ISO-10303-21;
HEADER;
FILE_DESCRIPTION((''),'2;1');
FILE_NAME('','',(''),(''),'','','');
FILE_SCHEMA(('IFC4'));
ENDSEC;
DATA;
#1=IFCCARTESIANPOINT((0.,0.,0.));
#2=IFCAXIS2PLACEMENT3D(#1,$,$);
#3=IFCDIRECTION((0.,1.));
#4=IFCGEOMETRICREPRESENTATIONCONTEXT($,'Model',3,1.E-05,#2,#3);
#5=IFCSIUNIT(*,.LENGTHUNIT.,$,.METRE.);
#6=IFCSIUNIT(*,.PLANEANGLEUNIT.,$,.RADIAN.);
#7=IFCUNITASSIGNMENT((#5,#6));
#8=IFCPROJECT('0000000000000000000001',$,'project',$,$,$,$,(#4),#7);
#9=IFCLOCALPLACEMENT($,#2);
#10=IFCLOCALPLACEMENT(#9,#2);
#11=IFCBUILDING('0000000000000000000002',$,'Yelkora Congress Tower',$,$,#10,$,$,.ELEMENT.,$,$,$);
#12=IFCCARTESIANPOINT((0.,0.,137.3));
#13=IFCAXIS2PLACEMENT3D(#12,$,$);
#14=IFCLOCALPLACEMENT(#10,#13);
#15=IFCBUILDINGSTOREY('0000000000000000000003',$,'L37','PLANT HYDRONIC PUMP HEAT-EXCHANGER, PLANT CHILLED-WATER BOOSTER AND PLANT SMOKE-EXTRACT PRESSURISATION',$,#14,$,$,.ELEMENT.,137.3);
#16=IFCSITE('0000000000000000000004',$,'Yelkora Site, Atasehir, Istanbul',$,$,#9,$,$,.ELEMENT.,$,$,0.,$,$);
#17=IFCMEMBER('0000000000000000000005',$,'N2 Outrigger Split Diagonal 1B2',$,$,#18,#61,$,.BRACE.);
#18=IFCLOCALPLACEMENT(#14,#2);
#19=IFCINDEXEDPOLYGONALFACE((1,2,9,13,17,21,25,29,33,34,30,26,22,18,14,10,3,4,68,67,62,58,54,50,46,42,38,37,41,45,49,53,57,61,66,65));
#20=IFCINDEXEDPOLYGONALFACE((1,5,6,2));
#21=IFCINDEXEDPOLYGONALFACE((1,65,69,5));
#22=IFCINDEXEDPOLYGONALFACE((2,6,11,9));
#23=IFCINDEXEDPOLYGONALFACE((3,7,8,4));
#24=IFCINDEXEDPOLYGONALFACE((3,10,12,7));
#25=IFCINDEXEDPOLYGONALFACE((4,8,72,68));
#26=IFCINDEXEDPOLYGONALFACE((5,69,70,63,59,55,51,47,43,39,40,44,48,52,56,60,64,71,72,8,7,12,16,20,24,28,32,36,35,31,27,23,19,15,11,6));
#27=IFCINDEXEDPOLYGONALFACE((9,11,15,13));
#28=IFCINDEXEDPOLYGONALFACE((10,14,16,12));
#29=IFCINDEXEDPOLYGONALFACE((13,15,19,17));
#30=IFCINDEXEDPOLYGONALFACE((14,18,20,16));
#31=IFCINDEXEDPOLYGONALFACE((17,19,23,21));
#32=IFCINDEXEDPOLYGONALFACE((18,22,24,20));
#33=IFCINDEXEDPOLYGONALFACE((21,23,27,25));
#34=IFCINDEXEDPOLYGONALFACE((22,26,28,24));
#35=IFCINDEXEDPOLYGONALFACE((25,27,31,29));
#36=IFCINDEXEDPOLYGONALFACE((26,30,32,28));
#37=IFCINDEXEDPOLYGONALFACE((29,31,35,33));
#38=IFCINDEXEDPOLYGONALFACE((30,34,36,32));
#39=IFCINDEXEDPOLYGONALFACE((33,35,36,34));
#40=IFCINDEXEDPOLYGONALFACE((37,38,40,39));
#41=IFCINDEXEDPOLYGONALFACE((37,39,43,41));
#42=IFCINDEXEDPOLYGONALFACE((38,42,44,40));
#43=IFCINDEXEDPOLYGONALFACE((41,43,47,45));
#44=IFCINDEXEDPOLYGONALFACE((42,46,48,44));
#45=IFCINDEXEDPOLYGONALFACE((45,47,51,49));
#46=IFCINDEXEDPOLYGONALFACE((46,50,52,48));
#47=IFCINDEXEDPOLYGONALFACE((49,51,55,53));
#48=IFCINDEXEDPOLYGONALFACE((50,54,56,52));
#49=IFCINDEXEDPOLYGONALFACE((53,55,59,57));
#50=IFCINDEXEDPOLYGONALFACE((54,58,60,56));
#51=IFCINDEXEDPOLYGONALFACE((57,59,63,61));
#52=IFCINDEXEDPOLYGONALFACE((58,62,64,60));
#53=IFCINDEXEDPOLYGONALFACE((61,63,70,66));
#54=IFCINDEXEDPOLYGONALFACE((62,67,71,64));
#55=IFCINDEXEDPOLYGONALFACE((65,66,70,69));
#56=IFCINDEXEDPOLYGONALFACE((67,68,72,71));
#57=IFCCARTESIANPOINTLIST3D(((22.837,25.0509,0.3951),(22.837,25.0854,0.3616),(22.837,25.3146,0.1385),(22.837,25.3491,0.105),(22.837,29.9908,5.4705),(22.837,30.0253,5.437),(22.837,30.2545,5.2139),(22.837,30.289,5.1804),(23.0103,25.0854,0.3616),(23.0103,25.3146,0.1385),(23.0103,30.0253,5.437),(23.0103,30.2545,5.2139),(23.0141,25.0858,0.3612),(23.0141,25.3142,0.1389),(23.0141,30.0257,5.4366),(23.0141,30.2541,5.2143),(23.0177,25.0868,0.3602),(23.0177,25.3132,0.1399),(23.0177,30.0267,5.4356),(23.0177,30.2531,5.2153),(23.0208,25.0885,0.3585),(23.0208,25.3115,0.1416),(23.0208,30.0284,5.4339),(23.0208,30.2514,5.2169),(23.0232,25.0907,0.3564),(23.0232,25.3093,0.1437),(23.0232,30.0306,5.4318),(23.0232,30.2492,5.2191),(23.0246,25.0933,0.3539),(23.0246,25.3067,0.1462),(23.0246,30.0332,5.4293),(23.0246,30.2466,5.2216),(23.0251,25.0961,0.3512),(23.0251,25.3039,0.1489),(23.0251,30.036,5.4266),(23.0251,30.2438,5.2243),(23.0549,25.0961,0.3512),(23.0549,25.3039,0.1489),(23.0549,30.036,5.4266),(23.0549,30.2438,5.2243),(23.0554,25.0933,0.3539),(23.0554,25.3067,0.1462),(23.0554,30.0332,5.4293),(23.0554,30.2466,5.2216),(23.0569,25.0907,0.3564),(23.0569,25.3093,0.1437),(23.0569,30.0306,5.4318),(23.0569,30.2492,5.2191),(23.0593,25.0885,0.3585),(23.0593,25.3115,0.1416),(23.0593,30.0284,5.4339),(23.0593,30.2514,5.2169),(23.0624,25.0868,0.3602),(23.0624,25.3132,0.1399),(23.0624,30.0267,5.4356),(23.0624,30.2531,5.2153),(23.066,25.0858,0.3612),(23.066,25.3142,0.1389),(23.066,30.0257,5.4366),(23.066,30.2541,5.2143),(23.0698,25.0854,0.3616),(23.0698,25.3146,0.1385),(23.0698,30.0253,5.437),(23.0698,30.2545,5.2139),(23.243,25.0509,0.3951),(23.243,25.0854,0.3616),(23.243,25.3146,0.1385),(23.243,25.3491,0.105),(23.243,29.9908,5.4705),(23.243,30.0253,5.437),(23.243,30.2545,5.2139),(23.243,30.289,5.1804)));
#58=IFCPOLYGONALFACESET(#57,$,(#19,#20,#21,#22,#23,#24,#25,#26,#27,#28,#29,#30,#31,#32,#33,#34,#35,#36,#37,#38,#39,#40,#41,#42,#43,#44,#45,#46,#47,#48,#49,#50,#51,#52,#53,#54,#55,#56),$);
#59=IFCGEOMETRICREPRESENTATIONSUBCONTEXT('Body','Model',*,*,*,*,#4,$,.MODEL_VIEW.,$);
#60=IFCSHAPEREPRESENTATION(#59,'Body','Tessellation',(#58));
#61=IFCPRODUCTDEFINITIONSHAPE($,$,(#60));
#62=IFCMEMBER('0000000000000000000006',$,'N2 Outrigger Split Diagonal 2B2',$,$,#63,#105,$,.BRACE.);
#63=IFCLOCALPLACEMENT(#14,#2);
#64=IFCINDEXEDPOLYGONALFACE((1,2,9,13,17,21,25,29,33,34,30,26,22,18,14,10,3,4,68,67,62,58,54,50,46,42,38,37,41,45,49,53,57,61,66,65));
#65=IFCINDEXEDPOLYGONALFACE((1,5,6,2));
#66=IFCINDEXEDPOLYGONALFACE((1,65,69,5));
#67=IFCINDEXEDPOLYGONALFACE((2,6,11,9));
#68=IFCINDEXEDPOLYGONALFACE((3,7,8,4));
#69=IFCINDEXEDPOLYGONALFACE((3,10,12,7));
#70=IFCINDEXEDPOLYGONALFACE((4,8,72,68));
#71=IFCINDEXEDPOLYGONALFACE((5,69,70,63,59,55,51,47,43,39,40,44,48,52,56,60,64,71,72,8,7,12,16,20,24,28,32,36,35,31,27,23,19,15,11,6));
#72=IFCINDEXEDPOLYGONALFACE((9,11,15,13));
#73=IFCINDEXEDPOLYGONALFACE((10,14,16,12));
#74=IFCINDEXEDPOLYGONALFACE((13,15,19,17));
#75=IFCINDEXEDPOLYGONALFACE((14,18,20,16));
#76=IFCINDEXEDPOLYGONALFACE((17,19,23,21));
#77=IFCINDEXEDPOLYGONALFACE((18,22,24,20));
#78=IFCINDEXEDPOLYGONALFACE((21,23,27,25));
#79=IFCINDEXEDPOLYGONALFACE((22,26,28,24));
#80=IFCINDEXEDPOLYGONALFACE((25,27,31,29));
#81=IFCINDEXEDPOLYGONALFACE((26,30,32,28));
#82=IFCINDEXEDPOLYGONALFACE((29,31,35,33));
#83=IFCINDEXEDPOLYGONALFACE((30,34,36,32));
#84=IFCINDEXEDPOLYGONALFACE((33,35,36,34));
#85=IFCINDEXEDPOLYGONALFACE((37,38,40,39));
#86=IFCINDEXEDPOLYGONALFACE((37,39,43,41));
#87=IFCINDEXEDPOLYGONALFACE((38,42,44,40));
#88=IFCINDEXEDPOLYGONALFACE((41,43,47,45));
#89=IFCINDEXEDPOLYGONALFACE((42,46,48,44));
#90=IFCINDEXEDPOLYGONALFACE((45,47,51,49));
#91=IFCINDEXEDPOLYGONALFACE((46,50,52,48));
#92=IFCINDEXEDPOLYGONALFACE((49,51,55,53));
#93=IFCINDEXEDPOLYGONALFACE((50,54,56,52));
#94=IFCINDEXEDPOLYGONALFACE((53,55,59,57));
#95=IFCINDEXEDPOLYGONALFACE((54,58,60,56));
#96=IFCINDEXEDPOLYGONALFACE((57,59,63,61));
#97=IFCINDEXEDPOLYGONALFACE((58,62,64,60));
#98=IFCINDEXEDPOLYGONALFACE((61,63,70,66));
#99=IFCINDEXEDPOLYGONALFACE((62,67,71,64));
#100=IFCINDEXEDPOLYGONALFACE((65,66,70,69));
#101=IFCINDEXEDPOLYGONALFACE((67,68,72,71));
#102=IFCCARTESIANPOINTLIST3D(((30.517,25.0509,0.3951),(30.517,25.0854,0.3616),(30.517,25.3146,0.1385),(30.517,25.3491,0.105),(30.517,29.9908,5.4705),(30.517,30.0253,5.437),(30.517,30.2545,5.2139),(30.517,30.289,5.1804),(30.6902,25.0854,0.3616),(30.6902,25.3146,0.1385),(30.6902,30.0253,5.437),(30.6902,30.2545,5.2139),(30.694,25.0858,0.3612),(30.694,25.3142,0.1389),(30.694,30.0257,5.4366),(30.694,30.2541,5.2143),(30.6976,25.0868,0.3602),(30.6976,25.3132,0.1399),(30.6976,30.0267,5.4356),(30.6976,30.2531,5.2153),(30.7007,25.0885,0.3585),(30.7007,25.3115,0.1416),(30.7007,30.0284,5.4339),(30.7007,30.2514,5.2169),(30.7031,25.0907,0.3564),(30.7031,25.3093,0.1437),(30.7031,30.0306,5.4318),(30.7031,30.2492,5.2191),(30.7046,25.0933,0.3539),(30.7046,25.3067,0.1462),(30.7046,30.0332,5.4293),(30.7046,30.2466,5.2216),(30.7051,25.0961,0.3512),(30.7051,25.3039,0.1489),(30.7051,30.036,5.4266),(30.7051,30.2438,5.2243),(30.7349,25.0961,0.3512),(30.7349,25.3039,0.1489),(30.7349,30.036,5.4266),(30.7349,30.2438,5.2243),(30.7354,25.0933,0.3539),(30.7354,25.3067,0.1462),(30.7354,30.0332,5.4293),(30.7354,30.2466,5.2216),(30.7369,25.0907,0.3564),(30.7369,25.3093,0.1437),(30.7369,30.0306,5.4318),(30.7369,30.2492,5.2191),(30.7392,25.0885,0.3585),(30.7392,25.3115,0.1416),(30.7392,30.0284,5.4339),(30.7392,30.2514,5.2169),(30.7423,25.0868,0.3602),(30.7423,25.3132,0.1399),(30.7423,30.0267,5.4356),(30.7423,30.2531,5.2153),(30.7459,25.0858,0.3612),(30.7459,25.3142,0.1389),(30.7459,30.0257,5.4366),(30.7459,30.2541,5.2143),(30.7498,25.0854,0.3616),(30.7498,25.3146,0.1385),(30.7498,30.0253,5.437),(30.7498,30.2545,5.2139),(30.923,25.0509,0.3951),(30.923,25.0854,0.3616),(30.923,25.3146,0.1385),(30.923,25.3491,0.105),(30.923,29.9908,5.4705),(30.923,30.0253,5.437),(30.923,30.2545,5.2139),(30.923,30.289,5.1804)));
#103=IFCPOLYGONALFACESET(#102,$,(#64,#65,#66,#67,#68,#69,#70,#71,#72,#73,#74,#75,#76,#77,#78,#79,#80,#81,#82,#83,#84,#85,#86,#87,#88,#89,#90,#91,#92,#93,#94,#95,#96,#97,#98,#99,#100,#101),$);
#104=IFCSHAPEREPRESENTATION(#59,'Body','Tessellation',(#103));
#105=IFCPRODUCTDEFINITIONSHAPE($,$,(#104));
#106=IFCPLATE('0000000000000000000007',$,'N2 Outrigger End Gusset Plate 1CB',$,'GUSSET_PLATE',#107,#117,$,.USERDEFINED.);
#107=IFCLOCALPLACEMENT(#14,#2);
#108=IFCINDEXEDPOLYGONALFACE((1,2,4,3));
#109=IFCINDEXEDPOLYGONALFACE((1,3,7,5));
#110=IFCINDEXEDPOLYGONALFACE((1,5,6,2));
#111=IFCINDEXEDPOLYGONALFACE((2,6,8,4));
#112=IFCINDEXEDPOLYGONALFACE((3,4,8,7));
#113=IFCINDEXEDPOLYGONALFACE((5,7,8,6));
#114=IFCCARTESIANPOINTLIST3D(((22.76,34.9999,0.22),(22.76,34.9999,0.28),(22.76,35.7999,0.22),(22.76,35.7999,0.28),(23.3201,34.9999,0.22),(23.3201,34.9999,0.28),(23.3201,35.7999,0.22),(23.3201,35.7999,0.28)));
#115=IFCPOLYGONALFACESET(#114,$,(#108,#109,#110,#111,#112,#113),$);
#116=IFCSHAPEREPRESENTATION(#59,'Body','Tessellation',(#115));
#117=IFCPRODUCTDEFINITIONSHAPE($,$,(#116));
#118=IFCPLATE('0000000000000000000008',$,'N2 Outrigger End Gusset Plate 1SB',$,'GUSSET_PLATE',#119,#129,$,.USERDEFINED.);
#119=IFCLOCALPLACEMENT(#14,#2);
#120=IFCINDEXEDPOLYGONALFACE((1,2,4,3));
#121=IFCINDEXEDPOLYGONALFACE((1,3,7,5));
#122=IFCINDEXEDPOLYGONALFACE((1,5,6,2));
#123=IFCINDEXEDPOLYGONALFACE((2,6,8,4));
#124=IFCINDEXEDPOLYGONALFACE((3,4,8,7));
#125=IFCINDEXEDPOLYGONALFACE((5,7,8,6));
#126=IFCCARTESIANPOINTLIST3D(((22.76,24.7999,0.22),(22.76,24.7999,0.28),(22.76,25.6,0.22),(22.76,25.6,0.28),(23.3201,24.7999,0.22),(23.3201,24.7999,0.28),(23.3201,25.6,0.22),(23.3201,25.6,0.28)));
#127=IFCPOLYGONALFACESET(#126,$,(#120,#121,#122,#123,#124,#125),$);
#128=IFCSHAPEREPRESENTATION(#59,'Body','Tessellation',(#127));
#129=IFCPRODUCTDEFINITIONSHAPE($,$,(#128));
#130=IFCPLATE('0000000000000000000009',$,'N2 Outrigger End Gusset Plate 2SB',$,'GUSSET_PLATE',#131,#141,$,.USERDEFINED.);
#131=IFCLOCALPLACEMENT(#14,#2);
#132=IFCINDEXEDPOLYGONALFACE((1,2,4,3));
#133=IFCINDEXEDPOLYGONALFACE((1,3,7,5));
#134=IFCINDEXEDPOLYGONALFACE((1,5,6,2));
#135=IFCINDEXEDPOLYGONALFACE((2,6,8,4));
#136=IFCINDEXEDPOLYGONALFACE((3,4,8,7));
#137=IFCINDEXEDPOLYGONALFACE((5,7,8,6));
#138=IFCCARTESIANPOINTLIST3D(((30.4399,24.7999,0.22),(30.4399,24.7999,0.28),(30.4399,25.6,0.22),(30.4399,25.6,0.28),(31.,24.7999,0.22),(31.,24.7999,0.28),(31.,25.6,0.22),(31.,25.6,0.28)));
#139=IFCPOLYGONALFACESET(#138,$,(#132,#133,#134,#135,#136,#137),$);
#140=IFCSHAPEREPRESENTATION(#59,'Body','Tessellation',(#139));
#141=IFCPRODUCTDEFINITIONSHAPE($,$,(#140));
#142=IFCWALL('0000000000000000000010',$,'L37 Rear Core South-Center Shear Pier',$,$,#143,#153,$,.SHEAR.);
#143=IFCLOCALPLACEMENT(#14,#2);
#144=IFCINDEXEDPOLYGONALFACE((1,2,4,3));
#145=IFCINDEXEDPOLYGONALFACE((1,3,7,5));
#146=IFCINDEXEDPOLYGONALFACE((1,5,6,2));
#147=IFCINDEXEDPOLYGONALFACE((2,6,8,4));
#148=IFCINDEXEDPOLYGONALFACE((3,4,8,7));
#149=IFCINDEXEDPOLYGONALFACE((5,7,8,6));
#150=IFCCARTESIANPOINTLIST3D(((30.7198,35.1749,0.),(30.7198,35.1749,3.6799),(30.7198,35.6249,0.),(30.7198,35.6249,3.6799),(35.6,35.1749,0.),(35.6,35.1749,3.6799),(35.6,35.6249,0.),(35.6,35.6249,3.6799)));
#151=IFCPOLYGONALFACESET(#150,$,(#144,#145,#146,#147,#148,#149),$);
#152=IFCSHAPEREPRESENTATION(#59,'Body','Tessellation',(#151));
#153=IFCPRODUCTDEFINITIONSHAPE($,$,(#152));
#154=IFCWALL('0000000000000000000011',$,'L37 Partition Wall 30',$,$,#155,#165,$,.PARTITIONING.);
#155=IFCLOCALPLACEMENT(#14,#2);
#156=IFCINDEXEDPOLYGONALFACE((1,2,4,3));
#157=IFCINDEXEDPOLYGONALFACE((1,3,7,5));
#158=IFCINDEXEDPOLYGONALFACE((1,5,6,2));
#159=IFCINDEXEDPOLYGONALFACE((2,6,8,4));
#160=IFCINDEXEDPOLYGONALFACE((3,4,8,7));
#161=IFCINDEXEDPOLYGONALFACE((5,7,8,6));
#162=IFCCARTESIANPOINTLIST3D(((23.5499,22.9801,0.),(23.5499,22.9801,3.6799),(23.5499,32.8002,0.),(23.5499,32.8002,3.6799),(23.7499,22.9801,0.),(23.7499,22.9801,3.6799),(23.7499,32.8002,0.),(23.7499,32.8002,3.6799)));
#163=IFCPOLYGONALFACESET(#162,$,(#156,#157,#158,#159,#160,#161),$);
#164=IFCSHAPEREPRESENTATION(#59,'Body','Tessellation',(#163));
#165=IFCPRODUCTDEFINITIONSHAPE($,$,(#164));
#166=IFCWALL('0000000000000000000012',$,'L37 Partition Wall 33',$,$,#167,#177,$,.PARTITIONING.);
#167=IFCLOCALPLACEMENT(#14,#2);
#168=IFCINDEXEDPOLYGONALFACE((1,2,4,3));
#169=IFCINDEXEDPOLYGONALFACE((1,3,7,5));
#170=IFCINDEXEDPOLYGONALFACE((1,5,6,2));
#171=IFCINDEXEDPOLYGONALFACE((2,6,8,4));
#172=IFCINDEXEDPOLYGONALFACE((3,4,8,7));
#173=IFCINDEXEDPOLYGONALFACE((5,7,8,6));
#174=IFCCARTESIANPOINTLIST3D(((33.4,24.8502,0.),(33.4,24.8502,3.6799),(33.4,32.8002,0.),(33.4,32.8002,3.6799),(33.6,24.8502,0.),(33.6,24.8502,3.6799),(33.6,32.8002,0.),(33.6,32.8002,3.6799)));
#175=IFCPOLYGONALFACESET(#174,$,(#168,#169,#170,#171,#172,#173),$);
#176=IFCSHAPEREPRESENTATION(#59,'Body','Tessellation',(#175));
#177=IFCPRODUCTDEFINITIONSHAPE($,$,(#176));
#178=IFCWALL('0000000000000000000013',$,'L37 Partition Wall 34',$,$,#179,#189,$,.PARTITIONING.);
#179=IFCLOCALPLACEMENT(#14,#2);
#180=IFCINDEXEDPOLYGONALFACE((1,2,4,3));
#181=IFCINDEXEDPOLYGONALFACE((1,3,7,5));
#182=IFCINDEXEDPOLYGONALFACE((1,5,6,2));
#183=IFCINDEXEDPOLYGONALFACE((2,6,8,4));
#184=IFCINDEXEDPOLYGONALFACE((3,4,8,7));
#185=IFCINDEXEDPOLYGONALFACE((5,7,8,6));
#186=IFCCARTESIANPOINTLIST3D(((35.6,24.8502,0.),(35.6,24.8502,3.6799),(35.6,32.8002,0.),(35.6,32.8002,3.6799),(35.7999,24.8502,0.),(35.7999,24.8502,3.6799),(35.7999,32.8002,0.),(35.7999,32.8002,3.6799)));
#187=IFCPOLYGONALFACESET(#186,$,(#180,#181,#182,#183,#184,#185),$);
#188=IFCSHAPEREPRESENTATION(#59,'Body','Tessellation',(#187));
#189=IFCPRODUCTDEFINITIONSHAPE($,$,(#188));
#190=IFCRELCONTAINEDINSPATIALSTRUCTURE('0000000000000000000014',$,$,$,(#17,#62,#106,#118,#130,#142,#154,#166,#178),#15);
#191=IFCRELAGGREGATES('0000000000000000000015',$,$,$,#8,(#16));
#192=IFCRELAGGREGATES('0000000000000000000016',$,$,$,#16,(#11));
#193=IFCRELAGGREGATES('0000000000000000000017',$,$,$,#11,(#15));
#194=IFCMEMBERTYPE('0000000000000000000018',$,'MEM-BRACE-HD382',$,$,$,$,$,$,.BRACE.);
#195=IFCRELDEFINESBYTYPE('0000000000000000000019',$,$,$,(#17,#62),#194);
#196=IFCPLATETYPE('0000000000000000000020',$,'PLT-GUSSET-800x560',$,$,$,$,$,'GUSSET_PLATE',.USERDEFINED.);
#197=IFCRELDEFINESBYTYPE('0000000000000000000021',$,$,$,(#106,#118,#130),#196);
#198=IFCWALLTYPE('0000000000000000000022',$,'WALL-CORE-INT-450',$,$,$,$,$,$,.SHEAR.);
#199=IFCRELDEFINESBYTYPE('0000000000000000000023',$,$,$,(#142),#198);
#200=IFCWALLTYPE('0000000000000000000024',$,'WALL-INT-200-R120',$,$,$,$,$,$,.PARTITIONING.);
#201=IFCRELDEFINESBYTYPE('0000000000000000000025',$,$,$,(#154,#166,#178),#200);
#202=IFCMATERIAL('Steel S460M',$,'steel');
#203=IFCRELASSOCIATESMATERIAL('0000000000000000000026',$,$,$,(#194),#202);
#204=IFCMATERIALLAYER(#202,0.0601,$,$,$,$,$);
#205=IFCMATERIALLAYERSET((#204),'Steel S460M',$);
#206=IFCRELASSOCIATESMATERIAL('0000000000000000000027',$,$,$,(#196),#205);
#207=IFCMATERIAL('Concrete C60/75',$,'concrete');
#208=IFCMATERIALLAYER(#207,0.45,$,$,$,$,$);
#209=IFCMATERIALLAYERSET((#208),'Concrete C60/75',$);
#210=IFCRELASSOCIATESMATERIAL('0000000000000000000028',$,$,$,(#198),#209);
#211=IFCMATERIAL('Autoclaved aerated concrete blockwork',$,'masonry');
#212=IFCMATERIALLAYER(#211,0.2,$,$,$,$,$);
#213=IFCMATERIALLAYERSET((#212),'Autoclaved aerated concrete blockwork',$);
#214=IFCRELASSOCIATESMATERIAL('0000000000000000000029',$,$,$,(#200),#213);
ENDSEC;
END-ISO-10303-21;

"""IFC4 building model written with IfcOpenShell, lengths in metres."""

from ifc_helpers import new_model, si_unit, direction, frame, frame_2d, origin, origin_2d, place, context, subcontext, project, spatial, rectangle, i_section, extrude, material, layer, layer_set, material_profile, profile_set, type_object, element, save


model = new_model("IFC4")

# Units and contexts
model_context = context("Model", 3, precision=1e-05, world=origin(), true_north=direction((0.0, 1.0)))
body_context = subcontext(model_context, "Body", "Model", "MODEL_VIEW")
ifc_project = project(units=[si_unit("LENGTHUNIT", "METRE"), si_unit("PLANEANGLEUNIT", "RADIAN")], contexts=[model_context])

# Site, building, storey
site_placement = place(None, origin())
site = spatial("IfcSite", under=ifc_project, at=site_placement, Name="Yelkora Site, Atasehir, Istanbul", CompositionType="ELEMENT", RefElevation=0.0)
building_placement = place(site_placement, origin())
building = spatial("IfcBuilding", under=site, at=building_placement, Name="Yelkora Congress Tower", CompositionType="ELEMENT")
storey_placement = place(building_placement, frame((0.0, 0.0, 137.3)))
storey = spatial("IfcBuildingStorey", under=building, at=storey_placement, Name="L37", Description="PLANT HYDRONIC PUMP HEAT-EXCHANGER, PLANT CHILLED-WATER BOOSTER AND PLANT SMOKE-EXTRACT PRESSURISATION", CompositionType="ELEMENT", Elevation=137.3)

# Shared definitions
ifc_material_1 = material(Name="Steel S460M", Category="steel")

# Members
ifc_material_profile_1 = material_profile(ifc_material_1, i_section(OverallWidth=0.406, OverallDepth=0.416, WebThickness=0.0298, FlangeThickness=0.0481, FilletRadius=0.0149, at=origin_2d()), Name="HD 400x382")
ifc_profile_set_1 = profile_set([ifc_material_profile_1], Name="Steel S460M")
member_type_1 = type_object("IfcMemberType", Name="MEM-BRACE-HD382", PredefinedType="BRACE", material=ifc_profile_set_1)
for number, where, z_axis, x_axis, name in (
    (1, (23.04, 30.1399, 5.3254), (0.0, -0.697477, -0.716608), (1.0, 0.0, 0.0), "N2 Outrigger Split Diagonal 1B2"),
    (2, (30.72, 30.1399, 5.3254), (0.0, -0.697477, -0.716608), (1.0, 0.0, 0.0), "N2 Outrigger Split Diagonal 2B2"),
):
    element("IfcMember", number, at=place(storey_placement, frame(where, z_axis=z_axis, x_axis=x_axis)), inside=storey, type_object=member_type_1, Name=name, PredefinedType="BRACE", context=body_context, shape_type="SweptSolid", body=[
        extrude(i_section(OverallWidth=0.406, OverallDepth=0.416, WebThickness=0.0298, FlangeThickness=0.0481, FilletRadius=0.0149, at=origin_2d()), origin(), (0.0, 0.0, 1.0), 7.0825),
    ])

# Plates
ifc_layer_1 = layer(ifc_material_1, 0.0601)
ifc_layer_set_1 = layer_set([ifc_layer_1], Name="Steel S460M")
plate_type = type_object("IfcPlateType", Name="PLT-GUSSET-800x560", ElementType="GUSSET_PLATE", PredefinedType="USERDEFINED", material=ifc_layer_set_1)
for number, where, z_axis, x_axis, name in (
    (3, (23.04, 35.3999, 0.22), (0.0, 0.0, 1.0), (0.0, 1.0, 0.0), "N2 Outrigger End Gusset Plate 1CB"),
    (4, (23.04, 25.2, 0.22), (0.0, 0.0, 1.0), (0.0, 1.0, 0.0), "N2 Outrigger End Gusset Plate 1SB"),
    (5, (30.72, 25.2, 0.22), (0.0, 0.0, 1.0), (0.0, 1.0, 0.0), "N2 Outrigger End Gusset Plate 2SB"),
):
    element("IfcPlate", number, at=place(storey_placement, frame(where, z_axis=z_axis, x_axis=x_axis)), inside=storey, type_object=plate_type, Name=name, ObjectType="GUSSET_PLATE", PredefinedType="USERDEFINED", context=body_context, shape_type="SweptSolid", body=[
        extrude(rectangle(XDim=0.8, YDim=0.5601, at=origin_2d()), origin(), (0.0, 0.0, 1.0), 0.0601),
    ])

# Wall
ifc_material_2 = material(Name="Concrete C60/75", Category="concrete")
ifc_layer_2 = layer(ifc_material_2, 0.45)
ifc_layer_set_2 = layer_set([ifc_layer_2], Name="Concrete C60/75")
wall_type_1 = type_object("IfcWallType", Name="WALL-CORE-INT-450", PredefinedType="SHEAR", material=ifc_layer_set_2)
wall_1_placement = place(storey_placement, frame((30.72, 35.3999, 0.0), z_axis=(0.0, 0.0, 1.0), x_axis=(1.0, 0.0, 0.0)))
element("IfcWall", 6, at=wall_1_placement, inside=storey, type_object=wall_type_1, Name="L37 Rear Core South-Center Shear Pier", PredefinedType="SHEAR", context=body_context, shape_type="SweptSolid", body=[
    extrude(rectangle(XDim=4.8801, YDim=0.45, at=frame_2d((2.4399, 0.0))), origin(), (0.0, 0.0, 1.0), 3.6799),
])

# Shared definitions
ifc_material_3 = material(Name="Autoclaved aerated concrete blockwork", Category="masonry")
ifc_layer_3 = layer(ifc_material_3, 0.2)
ifc_layer_set_3 = layer_set([ifc_layer_3], Name="Autoclaved aerated concrete blockwork")
wall_type_2 = type_object("IfcWallType", Name="WALL-INT-200-R120", PredefinedType="PARTITIONING", material=ifc_layer_set_3)

# Walls
wall_2_placement = place(storey_placement, frame((23.6499, 22.98, 0.0), z_axis=(0.0, 0.0, 1.0), x_axis=(0.0, 1.0, 0.0)))
element("IfcWall", 7, at=wall_2_placement, inside=storey, type_object=wall_type_2, Name="L37 Partition Wall 30", PredefinedType="PARTITIONING", context=body_context, shape_type="SweptSolid", body=[
    extrude(rectangle(XDim=9.8201, YDim=0.2, at=frame_2d((4.9102, 0.0))), origin(), (0.0, 0.0, 1.0), 3.6799),
])
for number, where, z_axis, x_axis, name in (
    (8, (33.5, 24.8501, 0.0), (0.0, 0.0, 1.0), (0.0, 1.0, 0.0), "L37 Partition Wall 33"),
    (9, (35.7, 24.8501, 0.0), (0.0, 0.0, 1.0), (0.0, 1.0, 0.0), "L37 Partition Wall 34"),
):
    element("IfcWall", number, at=place(storey_placement, frame(where, z_axis=z_axis, x_axis=x_axis)), inside=storey, type_object=wall_type_2, Name=name, PredefinedType="PARTITIONING", context=body_context, shape_type="SweptSolid", body=[
        extrude(rectangle(XDim=7.95, YDim=0.2, at=frame_2d((3.9751, 0.0))), origin(), (0.0, 0.0, 1.0), 3.6799),
    ])

save(model, "model.ifc")
